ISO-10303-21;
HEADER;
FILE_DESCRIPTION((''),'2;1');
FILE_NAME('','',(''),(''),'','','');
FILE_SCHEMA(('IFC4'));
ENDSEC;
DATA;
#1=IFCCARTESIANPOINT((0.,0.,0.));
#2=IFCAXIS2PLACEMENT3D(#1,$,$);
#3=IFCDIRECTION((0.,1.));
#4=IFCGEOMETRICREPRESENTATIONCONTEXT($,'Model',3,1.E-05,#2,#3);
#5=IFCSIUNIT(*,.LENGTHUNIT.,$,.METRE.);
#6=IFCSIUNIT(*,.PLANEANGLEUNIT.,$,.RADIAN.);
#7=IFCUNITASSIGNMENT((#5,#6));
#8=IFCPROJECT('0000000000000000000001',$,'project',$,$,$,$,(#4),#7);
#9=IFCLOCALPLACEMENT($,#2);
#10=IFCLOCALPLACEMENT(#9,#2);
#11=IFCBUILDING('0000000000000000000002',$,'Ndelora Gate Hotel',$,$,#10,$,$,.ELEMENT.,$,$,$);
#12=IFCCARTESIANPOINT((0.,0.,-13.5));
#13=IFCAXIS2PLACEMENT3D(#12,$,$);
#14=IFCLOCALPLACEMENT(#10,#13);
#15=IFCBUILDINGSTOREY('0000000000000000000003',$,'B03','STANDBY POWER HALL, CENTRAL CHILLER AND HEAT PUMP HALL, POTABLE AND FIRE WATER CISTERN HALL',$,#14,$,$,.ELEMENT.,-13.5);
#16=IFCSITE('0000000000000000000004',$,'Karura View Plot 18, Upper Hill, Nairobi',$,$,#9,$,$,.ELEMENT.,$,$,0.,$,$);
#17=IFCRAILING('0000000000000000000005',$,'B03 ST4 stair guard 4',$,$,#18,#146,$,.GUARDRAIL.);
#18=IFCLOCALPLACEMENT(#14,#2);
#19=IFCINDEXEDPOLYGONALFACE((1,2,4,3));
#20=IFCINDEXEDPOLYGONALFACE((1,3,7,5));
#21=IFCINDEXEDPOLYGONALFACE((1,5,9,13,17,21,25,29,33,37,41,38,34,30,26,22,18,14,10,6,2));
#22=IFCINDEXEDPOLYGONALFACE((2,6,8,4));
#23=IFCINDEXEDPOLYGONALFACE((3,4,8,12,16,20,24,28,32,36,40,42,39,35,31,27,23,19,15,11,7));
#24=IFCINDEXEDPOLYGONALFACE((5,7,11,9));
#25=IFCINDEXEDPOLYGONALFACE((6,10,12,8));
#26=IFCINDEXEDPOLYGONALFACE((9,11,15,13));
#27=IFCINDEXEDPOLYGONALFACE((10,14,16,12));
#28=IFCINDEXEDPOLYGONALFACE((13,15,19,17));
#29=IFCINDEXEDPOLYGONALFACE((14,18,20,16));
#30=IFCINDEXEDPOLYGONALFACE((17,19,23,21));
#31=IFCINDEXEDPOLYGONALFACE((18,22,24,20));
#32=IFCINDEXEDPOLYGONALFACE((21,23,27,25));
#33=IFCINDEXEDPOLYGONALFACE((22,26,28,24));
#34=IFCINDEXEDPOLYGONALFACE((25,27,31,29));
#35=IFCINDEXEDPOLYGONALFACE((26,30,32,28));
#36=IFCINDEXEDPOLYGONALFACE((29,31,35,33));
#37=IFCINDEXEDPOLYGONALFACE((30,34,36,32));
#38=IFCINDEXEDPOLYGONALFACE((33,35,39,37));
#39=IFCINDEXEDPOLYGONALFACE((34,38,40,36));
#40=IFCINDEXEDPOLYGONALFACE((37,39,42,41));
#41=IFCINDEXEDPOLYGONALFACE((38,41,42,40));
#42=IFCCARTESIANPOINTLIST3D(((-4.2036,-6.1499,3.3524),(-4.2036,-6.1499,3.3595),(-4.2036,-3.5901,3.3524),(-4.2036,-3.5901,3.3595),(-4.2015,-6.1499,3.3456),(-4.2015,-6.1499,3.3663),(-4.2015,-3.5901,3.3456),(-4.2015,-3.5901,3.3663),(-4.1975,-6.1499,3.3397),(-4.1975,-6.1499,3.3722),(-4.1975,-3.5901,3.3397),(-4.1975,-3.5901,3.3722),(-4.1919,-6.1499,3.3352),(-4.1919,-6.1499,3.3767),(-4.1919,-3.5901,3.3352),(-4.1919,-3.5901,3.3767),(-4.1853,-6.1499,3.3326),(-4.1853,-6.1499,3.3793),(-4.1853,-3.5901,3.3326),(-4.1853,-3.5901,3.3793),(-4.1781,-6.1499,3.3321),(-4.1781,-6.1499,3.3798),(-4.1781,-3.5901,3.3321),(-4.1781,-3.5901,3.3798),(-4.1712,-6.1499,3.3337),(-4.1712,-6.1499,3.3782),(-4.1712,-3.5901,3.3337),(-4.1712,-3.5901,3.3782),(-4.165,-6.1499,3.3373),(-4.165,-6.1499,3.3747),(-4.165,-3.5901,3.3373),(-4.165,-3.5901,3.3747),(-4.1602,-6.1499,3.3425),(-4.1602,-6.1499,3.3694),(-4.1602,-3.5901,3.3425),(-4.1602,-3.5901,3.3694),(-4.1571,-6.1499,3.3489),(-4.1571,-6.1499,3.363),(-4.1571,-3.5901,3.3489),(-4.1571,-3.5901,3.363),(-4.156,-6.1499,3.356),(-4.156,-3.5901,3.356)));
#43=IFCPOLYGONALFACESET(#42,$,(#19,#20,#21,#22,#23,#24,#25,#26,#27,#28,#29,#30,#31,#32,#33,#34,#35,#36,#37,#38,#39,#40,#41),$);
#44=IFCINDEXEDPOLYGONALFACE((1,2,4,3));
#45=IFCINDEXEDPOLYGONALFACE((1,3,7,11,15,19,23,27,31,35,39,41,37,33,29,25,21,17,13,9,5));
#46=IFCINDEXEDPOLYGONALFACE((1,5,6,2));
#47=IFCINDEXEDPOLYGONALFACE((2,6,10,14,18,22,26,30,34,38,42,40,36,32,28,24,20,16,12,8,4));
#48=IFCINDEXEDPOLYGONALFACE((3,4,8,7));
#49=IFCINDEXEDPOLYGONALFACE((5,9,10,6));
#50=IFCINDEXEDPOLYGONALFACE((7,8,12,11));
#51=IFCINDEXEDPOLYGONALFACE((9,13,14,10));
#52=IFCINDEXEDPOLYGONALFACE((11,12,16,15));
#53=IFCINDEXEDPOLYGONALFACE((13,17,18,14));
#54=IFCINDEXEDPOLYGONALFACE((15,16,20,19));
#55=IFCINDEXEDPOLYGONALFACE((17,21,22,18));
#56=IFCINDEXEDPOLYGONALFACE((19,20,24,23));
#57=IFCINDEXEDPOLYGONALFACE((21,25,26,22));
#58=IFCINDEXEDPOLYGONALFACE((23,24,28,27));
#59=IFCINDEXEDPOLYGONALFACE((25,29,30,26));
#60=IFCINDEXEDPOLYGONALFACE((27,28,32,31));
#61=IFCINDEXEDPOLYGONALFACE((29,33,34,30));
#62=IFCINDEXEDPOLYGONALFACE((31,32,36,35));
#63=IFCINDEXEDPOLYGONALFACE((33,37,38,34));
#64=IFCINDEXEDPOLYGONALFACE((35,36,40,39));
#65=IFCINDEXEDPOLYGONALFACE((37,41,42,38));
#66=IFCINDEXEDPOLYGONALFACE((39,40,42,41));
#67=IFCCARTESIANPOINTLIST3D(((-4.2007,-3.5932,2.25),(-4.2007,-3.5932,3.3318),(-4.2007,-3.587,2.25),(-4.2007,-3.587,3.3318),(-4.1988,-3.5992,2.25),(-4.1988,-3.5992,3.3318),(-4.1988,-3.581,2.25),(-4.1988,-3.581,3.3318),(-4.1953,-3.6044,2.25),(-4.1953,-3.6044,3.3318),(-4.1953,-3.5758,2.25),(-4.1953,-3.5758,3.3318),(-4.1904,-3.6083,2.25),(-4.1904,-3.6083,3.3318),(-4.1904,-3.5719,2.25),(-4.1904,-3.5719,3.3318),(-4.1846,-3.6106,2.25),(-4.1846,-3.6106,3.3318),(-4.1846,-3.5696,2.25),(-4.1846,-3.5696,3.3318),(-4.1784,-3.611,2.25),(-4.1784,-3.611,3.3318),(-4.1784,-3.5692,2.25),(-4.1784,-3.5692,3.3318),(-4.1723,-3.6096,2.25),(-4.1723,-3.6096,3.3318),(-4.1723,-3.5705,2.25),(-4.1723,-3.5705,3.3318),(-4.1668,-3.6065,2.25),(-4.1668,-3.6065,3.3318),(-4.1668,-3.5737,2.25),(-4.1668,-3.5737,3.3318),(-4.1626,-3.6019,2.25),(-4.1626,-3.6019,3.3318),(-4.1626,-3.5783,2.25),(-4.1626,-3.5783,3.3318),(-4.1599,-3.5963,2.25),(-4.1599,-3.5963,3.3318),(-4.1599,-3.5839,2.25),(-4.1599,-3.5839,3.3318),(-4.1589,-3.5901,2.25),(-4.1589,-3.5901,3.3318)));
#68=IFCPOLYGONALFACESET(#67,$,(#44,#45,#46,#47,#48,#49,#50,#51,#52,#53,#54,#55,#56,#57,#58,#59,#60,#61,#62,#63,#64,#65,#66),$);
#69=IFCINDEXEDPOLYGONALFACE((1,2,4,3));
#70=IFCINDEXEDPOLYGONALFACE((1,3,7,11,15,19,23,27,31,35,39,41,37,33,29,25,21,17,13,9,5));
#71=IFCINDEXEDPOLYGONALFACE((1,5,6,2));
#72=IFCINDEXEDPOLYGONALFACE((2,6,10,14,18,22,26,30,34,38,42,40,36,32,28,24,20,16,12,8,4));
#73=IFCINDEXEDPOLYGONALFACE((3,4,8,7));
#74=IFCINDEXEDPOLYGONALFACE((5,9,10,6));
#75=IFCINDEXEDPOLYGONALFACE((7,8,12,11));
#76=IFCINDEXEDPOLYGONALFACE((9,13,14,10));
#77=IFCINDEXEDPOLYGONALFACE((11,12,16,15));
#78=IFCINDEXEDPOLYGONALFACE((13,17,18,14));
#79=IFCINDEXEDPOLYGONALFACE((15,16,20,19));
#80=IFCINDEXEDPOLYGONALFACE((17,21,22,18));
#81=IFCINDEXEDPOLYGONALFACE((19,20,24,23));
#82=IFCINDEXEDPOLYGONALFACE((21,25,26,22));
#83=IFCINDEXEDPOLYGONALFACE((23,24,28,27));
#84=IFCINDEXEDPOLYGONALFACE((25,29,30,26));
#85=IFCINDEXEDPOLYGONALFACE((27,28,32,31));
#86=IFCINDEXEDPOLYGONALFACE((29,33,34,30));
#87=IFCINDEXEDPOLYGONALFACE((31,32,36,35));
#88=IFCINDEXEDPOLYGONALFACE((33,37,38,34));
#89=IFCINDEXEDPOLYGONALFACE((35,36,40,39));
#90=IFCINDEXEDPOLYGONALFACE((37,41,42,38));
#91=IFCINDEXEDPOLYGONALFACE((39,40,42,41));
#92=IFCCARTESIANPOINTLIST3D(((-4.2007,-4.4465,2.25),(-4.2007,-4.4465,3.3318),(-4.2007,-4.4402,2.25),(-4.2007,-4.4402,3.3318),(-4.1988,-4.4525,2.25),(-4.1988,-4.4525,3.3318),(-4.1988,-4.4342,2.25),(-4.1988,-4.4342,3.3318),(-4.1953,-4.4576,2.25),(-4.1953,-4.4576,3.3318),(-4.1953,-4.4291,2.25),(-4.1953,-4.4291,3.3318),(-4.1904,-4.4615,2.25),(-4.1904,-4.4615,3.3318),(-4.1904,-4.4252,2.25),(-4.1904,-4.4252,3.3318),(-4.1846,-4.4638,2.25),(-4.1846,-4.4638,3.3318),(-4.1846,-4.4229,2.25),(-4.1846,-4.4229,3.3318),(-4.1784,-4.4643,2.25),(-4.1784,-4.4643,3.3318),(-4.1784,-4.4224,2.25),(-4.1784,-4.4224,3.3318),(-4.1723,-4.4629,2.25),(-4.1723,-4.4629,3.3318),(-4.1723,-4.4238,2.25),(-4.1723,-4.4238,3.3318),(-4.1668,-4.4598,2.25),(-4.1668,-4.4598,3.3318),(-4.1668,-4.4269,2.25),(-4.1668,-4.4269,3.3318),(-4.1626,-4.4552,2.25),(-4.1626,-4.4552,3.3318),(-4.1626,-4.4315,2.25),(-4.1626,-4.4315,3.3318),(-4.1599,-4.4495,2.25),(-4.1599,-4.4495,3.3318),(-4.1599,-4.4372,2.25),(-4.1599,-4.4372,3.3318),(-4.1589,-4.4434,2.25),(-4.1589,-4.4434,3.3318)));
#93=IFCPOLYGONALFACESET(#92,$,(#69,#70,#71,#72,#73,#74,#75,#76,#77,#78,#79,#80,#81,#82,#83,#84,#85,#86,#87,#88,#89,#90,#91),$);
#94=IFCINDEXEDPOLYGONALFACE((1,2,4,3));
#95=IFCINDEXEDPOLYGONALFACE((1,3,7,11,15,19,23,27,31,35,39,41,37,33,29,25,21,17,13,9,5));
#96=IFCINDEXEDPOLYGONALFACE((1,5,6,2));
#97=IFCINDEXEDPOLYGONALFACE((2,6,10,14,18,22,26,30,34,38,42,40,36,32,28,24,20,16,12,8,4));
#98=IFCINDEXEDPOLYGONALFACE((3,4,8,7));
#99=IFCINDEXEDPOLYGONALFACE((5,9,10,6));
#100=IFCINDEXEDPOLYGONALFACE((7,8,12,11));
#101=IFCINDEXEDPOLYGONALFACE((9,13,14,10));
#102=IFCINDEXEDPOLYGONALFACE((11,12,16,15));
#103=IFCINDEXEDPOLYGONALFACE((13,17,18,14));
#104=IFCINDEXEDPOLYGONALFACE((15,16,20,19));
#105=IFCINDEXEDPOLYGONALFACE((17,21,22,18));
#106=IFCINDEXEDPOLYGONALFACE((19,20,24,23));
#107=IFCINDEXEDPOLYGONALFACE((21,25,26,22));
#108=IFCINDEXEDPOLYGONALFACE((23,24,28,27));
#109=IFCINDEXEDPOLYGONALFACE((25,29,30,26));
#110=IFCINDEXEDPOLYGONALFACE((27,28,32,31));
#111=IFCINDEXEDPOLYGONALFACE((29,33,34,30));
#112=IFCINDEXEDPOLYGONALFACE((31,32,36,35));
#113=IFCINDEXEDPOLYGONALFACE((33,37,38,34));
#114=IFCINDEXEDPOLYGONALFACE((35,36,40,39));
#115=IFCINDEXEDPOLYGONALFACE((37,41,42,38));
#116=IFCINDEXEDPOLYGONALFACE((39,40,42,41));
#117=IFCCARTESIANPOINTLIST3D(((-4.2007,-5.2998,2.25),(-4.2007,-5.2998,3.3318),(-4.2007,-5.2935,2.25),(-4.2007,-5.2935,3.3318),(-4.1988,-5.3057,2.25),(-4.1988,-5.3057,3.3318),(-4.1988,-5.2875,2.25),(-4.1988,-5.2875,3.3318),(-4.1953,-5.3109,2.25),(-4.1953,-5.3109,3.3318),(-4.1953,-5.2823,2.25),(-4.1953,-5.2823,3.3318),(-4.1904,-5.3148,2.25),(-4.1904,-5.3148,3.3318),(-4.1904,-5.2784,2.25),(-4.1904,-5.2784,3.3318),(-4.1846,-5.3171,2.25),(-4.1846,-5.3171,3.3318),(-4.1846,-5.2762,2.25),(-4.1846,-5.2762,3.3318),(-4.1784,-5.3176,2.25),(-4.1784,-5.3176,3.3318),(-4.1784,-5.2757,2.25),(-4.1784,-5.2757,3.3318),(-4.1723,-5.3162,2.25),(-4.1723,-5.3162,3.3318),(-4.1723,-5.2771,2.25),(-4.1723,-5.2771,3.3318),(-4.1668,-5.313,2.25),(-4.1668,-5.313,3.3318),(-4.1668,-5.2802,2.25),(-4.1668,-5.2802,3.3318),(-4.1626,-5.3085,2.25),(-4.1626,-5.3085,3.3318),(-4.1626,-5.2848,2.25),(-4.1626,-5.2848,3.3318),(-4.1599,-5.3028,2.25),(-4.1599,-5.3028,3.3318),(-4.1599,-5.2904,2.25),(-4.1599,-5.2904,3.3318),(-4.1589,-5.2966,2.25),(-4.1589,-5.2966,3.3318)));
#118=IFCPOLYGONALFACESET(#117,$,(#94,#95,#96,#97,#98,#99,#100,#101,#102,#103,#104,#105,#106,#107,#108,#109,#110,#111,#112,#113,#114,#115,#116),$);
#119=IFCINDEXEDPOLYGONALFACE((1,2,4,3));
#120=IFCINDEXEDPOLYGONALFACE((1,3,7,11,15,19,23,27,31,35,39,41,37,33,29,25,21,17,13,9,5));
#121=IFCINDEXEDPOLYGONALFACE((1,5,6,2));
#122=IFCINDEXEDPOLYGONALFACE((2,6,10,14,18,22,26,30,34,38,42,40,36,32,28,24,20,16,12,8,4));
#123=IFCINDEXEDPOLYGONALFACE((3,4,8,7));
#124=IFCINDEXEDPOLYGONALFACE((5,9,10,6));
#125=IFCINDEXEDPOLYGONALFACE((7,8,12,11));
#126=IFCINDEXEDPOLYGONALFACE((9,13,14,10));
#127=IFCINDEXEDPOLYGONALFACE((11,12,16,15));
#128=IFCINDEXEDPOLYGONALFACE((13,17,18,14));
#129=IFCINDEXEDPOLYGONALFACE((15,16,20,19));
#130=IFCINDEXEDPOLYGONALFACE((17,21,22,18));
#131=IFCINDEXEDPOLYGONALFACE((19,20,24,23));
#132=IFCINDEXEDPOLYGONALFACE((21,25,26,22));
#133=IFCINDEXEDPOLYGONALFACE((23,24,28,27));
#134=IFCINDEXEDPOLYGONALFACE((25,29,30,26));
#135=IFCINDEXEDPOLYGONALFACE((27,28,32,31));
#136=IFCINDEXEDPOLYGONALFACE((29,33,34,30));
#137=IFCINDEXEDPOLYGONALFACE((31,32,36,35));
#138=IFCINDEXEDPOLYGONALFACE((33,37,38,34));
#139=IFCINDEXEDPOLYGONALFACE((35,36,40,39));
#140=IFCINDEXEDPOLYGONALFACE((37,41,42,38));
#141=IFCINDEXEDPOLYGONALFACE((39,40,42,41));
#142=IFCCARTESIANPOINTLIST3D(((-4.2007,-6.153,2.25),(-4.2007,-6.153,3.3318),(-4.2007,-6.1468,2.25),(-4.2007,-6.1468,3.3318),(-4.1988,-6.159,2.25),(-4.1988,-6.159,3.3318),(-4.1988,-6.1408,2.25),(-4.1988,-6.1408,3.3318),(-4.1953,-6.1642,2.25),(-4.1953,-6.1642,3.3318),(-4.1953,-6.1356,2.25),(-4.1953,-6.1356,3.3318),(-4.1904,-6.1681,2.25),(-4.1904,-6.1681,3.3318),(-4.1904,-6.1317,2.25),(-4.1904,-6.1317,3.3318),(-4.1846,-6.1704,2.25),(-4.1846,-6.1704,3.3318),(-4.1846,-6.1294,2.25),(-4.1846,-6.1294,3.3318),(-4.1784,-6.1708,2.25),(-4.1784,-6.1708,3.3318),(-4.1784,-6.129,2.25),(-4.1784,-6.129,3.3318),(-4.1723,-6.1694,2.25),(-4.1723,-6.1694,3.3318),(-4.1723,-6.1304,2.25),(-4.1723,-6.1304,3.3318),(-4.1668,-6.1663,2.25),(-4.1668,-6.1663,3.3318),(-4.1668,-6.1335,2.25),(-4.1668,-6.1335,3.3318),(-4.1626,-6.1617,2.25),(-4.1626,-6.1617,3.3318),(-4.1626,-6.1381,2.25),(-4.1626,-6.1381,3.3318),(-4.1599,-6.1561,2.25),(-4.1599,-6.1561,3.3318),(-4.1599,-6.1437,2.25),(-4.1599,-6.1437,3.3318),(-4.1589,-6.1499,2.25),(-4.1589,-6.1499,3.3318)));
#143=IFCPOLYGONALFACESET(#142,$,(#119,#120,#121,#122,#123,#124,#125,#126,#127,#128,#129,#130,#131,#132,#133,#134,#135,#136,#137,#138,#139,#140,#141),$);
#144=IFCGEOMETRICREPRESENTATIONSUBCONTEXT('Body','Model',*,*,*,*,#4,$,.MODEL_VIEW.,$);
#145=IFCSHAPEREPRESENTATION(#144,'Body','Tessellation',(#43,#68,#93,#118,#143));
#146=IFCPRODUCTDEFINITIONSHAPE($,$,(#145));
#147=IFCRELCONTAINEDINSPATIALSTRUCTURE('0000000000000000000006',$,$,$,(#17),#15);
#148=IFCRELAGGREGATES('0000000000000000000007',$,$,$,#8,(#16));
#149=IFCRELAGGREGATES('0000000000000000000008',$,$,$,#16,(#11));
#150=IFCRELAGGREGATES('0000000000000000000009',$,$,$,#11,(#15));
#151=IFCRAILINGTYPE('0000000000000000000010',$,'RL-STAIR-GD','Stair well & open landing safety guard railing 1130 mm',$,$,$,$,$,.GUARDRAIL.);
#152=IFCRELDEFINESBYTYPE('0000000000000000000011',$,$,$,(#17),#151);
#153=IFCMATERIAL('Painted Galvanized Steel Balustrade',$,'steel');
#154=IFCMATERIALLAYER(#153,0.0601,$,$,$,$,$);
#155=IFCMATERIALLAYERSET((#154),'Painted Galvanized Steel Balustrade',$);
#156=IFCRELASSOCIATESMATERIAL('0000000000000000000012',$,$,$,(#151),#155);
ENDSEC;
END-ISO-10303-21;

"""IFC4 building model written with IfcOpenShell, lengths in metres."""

from ifc_helpers import new_model, si_unit, direction, frame, origin, origin_2d, place, context, subcontext, project, spatial, circle, extrude, material, layer, layer_set, type_object, element, save


model = new_model("IFC4")

# Units and contexts
model_context = context("Model", 3, precision=1e-05, world=origin(), true_north=direction((0.0, 1.0)))
body_context = subcontext(model_context, "Body", "Model", "MODEL_VIEW")
ifc_project = project(units=[si_unit("LENGTHUNIT", "METRE"), si_unit("PLANEANGLEUNIT", "RADIAN")], contexts=[model_context])

# Site, building, storey
site_placement = place(None, origin())
site = spatial("IfcSite", under=ifc_project, at=site_placement, Name="Karura View Plot 18, Upper Hill, Nairobi", CompositionType="ELEMENT", RefElevation=0.0)
building_placement = place(site_placement, origin())
building = spatial("IfcBuilding", under=site, at=building_placement, Name="Ndelora Gate Hotel", CompositionType="ELEMENT")
storey_placement = place(building_placement, frame((0.0, 0.0, -13.5)))
storey = spatial("IfcBuildingStorey", under=building, at=storey_placement, Name="B03", Description="STANDBY POWER HALL, CENTRAL CHILLER AND HEAT PUMP HALL, POTABLE AND FIRE WATER CISTERN HALL", CompositionType="ELEMENT", Elevation=-13.5)

# Railing
ifc_material_1 = material(Name="Painted Galvanized Steel Balustrade", Category="steel")
ifc_layer_1 = layer(ifc_material_1, 0.0601)
ifc_layer_set_1 = layer_set([ifc_layer_1], Name="Painted Galvanized Steel Balustrade")
railing_type_1 = type_object("IfcRailingType", Name="RL-STAIR-GD", Description="Stair well & open landing safety guard railing 1130 mm", PredefinedType="GUARDRAIL", material=ifc_layer_set_1)
for number, where, name in (
    (1, (-4.1799, -3.5901, 2.25), "B03 ST4 stair guard 4"),
):
    element("IfcRailing", number, at=place(storey_placement, frame(where)), inside=storey, type_object=railing_type_1, Name=name, PredefinedType="GUARDRAIL", context=body_context, shape_type="SweptSolid", body=[
        extrude(circle(Radius=0.0239, at=origin_2d()), frame((0.0, 0.0, 1.106), z_axis=(0.0, -1.0, 0.0), x_axis=(1.0, 0.0, 0.0)), (0.0, 0.0, 1.0), 2.5598),
        extrude(circle(Radius=0.021, at=origin_2d()), origin(), (0.0, 0.0, 1.0), 1.0818),
        extrude(circle(Radius=0.021, at=origin_2d()), frame((0.0, -0.8533, 0.0)), (0.0, 0.0, 1.0), 1.0818),
        extrude(circle(Radius=0.021, at=origin_2d()), frame((0.0, -1.7065, 0.0)), (0.0, 0.0, 1.0), 1.0818),
        extrude(circle(Radius=0.021, at=origin_2d()), frame((0.0, -2.5598, 0.0)), (0.0, 0.0, 1.0), 1.0818),
    ])

save(model, "model.ifc")
